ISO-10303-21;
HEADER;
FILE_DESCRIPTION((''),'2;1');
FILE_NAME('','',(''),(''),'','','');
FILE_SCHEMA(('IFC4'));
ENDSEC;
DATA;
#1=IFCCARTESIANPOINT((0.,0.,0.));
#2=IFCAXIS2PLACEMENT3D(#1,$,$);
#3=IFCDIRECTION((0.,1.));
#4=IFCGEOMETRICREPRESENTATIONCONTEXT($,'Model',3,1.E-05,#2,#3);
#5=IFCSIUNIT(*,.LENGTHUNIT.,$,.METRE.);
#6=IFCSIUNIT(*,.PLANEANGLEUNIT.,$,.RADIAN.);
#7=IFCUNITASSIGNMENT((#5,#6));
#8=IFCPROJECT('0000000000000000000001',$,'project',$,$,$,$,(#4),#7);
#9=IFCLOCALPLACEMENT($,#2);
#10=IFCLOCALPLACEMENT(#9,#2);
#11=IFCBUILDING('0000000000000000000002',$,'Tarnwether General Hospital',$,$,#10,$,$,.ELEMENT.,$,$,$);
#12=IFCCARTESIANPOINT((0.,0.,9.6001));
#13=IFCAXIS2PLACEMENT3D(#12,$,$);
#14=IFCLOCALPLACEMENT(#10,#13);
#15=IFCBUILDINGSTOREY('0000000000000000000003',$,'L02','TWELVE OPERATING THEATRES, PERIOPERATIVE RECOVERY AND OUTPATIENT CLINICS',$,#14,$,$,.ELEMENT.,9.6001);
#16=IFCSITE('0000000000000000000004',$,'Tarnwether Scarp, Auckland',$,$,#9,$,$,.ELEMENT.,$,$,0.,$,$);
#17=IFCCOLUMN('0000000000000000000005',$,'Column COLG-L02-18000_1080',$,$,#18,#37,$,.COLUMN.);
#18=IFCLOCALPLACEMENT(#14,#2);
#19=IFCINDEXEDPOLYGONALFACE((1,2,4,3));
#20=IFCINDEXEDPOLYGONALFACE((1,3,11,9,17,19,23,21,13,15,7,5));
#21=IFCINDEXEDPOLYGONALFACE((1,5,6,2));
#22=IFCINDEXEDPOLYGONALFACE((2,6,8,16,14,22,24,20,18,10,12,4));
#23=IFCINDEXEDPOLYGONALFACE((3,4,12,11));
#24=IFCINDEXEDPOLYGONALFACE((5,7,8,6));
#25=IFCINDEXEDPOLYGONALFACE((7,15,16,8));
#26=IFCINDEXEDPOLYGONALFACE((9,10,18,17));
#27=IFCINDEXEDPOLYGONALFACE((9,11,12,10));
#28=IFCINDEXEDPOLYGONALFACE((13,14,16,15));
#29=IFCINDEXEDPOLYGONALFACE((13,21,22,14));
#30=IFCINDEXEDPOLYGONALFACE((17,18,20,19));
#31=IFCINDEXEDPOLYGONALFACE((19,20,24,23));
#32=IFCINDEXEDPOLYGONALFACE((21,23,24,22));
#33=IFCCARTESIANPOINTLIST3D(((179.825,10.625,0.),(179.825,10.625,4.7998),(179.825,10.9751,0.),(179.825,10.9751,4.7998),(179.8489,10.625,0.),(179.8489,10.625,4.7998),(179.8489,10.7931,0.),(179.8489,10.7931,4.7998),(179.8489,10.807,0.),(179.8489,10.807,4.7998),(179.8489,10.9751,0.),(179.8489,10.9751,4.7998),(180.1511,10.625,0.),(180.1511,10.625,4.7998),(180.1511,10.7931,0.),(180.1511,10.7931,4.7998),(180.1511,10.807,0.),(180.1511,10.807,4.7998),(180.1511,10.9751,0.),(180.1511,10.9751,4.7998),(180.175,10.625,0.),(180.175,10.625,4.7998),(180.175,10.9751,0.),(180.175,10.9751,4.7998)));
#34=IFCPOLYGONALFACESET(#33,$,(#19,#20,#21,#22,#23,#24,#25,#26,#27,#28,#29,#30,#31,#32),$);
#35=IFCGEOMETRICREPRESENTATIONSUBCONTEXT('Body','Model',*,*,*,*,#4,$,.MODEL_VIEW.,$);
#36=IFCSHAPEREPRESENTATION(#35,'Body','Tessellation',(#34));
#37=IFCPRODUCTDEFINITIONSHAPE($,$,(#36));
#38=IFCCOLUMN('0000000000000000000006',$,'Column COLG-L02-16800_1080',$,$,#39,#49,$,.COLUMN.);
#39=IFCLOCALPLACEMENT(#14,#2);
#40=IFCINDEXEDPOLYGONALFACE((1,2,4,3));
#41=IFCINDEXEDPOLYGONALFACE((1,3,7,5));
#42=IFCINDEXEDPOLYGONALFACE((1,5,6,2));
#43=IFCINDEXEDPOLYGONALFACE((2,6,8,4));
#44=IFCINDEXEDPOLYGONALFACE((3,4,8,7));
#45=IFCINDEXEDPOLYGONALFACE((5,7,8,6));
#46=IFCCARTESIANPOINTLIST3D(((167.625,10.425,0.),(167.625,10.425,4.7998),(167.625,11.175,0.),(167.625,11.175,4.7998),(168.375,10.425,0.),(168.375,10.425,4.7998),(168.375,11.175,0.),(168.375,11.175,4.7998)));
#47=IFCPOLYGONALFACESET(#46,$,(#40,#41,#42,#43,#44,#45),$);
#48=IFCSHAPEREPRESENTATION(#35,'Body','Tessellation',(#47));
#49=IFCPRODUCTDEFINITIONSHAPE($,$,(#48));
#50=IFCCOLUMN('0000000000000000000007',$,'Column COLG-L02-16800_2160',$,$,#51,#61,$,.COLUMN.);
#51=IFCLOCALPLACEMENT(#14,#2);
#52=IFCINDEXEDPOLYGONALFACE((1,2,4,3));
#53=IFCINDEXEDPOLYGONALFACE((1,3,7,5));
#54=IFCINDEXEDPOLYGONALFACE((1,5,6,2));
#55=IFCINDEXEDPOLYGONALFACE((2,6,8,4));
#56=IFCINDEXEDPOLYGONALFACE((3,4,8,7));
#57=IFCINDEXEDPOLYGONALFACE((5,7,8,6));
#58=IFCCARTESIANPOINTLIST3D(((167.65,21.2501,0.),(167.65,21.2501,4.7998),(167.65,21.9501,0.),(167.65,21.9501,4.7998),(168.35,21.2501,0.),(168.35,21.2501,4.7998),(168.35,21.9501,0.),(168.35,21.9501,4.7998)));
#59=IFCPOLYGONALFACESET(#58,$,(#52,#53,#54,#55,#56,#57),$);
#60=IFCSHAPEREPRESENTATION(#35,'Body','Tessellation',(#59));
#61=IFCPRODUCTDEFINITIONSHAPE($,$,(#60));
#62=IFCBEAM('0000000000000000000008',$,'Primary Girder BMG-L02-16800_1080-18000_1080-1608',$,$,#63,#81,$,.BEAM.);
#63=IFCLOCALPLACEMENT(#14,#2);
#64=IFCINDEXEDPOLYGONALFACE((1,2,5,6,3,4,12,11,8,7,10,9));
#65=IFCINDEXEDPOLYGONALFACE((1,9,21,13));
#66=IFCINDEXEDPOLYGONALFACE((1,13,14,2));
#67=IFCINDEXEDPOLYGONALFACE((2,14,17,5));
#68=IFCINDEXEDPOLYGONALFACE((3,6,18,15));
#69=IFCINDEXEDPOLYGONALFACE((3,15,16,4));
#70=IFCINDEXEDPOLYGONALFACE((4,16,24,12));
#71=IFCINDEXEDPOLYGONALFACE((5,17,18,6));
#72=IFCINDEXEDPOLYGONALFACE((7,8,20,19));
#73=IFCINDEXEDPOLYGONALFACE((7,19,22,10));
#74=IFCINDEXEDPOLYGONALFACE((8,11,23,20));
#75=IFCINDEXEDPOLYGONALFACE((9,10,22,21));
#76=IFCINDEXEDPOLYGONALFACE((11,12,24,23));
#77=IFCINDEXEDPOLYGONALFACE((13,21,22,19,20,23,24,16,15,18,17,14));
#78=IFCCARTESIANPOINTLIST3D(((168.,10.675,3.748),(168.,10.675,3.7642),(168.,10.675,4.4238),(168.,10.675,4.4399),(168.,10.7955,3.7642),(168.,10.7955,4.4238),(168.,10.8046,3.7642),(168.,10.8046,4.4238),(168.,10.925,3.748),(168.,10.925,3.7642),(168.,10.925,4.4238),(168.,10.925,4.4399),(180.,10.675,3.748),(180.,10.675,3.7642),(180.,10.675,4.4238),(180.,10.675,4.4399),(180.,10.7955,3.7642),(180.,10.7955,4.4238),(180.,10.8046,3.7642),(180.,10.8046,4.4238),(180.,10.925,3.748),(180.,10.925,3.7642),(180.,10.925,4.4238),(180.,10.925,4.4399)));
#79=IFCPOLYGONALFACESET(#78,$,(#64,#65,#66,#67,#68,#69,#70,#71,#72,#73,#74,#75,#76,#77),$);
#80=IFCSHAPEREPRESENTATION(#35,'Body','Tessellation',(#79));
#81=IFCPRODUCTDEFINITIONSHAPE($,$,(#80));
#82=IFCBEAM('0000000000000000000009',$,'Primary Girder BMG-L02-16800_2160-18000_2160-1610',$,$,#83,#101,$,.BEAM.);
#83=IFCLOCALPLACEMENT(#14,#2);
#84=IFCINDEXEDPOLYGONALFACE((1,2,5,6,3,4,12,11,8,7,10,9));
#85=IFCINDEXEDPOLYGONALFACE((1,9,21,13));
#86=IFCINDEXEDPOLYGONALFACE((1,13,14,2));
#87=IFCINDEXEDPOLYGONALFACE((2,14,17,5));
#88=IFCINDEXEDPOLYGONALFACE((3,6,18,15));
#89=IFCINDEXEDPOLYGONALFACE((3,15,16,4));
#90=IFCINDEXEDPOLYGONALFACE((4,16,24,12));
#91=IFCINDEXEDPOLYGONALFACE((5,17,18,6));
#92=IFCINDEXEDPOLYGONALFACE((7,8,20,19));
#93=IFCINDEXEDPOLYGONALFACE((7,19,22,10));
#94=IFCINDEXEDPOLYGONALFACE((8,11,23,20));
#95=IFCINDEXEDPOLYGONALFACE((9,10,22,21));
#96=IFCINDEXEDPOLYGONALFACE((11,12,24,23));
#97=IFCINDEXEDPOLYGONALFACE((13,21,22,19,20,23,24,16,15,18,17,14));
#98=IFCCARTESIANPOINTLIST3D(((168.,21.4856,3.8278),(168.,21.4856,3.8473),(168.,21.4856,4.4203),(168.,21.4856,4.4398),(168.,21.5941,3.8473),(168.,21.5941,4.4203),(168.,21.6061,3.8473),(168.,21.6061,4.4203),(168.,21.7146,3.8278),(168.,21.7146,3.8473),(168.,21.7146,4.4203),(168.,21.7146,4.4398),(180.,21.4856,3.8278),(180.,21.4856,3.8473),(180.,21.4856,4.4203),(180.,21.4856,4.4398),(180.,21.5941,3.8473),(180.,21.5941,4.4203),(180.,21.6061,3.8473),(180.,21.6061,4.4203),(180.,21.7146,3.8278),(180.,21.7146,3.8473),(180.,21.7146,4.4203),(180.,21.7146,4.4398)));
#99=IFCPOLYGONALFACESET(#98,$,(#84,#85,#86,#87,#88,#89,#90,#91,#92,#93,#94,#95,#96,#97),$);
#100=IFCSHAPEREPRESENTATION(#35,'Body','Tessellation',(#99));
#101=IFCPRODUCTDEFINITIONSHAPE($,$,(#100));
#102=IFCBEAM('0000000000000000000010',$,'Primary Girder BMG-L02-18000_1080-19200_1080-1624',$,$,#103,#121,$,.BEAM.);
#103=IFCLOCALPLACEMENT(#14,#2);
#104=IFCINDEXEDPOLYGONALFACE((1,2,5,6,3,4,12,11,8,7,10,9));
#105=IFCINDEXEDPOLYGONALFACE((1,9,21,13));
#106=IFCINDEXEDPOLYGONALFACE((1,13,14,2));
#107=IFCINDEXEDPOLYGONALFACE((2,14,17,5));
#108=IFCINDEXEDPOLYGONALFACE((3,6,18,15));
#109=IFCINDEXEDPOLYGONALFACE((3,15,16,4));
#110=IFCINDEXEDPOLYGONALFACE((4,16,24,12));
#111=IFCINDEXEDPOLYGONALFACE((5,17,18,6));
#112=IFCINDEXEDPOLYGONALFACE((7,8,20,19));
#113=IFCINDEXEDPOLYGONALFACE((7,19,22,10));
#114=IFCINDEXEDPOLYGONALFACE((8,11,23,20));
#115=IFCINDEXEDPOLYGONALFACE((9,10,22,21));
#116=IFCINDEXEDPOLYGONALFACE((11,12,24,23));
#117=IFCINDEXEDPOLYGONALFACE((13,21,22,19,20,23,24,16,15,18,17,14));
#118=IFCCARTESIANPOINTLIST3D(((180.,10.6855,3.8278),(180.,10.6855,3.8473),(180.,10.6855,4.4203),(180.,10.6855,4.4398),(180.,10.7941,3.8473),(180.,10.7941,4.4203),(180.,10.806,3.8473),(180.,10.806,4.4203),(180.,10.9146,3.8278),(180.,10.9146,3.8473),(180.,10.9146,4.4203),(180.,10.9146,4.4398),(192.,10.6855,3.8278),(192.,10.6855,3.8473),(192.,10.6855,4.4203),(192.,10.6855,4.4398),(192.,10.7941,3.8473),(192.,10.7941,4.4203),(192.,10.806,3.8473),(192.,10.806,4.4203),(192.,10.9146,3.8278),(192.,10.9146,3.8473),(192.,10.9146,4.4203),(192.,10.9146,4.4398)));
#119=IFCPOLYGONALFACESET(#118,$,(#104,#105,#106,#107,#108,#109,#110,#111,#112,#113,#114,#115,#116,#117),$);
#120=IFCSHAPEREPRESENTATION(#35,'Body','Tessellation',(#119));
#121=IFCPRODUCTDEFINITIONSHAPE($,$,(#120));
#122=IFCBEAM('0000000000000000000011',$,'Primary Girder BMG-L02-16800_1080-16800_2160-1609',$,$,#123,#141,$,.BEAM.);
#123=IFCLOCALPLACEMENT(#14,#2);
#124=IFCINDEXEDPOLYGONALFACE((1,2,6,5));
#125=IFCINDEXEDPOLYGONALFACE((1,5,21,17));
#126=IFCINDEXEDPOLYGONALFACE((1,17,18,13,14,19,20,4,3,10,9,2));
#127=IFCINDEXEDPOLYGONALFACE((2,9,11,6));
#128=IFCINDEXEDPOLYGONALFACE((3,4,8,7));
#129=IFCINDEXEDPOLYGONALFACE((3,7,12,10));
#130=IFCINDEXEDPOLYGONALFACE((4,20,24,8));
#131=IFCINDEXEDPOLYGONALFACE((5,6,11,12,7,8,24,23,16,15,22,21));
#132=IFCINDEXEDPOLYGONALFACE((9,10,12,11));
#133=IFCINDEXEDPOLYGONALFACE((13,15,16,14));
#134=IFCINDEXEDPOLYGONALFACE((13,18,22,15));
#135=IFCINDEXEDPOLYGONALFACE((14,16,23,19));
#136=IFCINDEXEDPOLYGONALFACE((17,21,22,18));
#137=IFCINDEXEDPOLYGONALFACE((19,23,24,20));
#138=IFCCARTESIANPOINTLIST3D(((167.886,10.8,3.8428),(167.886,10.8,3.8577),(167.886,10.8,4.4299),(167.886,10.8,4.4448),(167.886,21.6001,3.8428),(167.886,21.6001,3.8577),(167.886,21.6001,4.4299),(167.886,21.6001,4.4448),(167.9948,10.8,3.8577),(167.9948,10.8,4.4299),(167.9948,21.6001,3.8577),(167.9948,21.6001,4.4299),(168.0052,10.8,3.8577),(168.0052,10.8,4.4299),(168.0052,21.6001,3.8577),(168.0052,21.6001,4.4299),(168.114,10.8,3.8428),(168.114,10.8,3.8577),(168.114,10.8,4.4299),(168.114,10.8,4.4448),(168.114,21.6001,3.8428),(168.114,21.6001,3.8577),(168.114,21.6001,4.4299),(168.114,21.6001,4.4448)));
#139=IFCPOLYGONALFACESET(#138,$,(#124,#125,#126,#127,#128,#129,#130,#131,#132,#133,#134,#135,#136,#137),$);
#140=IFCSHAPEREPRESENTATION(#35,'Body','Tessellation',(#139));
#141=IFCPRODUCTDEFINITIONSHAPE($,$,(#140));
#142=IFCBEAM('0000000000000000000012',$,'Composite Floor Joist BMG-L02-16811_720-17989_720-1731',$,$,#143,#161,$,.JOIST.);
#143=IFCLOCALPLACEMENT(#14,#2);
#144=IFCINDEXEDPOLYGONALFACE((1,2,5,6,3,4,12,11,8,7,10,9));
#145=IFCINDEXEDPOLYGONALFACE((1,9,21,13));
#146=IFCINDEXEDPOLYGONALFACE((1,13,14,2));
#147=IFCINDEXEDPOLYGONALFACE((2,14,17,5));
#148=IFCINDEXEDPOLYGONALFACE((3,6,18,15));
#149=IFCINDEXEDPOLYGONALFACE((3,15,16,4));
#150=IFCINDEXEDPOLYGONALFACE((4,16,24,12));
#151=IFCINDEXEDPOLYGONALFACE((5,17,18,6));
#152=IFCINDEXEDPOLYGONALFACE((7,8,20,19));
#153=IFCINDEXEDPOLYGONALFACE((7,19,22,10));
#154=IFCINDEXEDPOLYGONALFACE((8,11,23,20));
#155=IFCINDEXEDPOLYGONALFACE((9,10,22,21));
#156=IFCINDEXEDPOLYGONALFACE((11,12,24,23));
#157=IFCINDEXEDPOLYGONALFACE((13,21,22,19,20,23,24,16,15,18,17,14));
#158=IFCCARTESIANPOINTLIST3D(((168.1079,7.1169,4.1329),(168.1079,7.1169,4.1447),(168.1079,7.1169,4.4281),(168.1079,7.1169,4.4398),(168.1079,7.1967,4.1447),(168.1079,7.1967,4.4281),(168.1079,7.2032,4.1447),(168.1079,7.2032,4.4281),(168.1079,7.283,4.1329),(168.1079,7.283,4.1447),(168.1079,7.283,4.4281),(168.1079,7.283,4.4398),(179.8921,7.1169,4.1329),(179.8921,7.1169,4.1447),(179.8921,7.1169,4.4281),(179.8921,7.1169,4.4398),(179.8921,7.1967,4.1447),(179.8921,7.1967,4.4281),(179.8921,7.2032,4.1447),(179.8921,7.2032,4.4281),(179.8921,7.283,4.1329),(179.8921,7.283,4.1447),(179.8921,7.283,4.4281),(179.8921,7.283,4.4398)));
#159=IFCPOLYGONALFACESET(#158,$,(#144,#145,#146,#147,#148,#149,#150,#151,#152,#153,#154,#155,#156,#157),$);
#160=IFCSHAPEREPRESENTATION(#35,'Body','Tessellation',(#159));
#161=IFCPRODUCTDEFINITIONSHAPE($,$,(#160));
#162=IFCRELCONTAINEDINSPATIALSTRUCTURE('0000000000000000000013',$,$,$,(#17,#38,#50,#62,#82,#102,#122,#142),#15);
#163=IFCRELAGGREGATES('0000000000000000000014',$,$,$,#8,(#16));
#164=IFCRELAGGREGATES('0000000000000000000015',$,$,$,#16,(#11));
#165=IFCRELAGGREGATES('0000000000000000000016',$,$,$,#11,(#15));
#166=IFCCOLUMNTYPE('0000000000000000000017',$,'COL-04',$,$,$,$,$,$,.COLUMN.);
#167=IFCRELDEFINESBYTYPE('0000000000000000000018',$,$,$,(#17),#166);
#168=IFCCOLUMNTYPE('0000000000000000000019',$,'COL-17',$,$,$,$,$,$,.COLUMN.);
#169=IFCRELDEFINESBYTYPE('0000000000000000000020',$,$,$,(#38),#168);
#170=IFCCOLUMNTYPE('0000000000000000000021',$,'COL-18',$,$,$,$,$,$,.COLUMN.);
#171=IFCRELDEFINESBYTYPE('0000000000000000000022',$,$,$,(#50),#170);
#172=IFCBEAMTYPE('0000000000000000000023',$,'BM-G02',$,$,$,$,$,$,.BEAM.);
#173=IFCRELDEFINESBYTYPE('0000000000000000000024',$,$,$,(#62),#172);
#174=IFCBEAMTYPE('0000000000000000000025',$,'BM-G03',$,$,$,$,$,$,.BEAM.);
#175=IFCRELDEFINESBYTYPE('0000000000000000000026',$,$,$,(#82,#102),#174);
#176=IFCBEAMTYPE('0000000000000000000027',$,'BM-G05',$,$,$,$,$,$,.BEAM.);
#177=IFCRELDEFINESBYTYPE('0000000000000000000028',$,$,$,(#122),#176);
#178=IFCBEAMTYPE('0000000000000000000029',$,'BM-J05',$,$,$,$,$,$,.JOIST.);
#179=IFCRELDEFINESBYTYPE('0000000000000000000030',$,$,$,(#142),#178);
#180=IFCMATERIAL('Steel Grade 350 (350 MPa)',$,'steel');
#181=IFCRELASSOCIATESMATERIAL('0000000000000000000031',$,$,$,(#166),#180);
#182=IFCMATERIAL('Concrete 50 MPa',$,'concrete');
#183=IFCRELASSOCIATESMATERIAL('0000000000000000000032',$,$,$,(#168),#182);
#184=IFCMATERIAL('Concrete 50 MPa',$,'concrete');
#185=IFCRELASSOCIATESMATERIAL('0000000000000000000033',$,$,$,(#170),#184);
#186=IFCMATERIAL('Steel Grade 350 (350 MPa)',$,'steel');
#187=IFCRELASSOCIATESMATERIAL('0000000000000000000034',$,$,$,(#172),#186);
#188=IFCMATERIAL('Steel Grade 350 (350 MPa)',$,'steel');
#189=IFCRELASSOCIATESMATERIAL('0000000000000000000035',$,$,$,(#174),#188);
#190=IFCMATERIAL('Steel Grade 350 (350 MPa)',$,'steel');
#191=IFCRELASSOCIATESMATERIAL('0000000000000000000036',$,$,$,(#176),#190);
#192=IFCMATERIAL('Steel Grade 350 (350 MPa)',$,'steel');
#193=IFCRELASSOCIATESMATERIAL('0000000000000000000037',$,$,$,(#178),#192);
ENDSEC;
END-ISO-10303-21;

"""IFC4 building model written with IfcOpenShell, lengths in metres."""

from ifc_helpers import new_model, si_unit, direction, frame, origin, origin_2d, place, context, subcontext, project, spatial, rectangle, i_section, extrude, material, material_profile, profile_set, type_object, element, save


model = new_model("IFC4")

# Units and contexts
model_context = context("Model", 3, precision=1e-05, world=origin(), true_north=direction((0.0, 1.0)))
body_context = subcontext(model_context, "Body", "Model", "MODEL_VIEW")
ifc_project = project(units=[si_unit("LENGTHUNIT", "METRE"), si_unit("PLANEANGLEUNIT", "RADIAN")], contexts=[model_context])

# Site, building, storey
site_placement = place(None, origin())
site = spatial("IfcSite", under=ifc_project, at=site_placement, Name="Tarnwether Scarp, Auckland", CompositionType="ELEMENT", RefElevation=0.0)
building_placement = place(site_placement, origin())
building = spatial("IfcBuilding", under=site, at=building_placement, Name="Tarnwether General Hospital", CompositionType="ELEMENT")
storey_placement = place(building_placement, frame((0.0, 0.0, 9.6001)))
storey = spatial("IfcBuildingStorey", under=building, at=storey_placement, Name="L02", Description="TWELVE OPERATING THEATRES, PERIOPERATIVE RECOVERY AND OUTPATIENT CLINICS", CompositionType="ELEMENT", Elevation=9.6001)

# Columns
ifc_material_1 = material(Name="Steel Grade 350 (350 MPa)", Category="steel")
ifc_material_profile_1 = material_profile(ifc_material_1, i_section(OverallWidth=0.3501, OverallDepth=0.3501, WebThickness=0.0139, FlangeThickness=0.0239, at=origin_2d()), Name="350WC197")
ifc_profile_set_1 = profile_set([ifc_material_profile_1], Name="Steel Grade 350 (350 MPa)")
column_type_1 = type_object("IfcColumnType", Name="COL-04", PredefinedType="COLUMN", material=ifc_profile_set_1)
column_1_placement = place(storey_placement, frame((180.0, 10.8, 0.0), z_axis=(0.0, 0.0, 1.0), x_axis=(0.0, 1.0, 0.0)))
element("IfcColumn", 1, at=column_1_placement, inside=storey, type_object=column_type_1, Name="Column COLG-L02-18000_1080", PredefinedType="COLUMN", context=body_context, shape_type="SweptSolid", body=[
    extrude(i_section(OverallWidth=0.3501, OverallDepth=0.3501, WebThickness=0.0139, FlangeThickness=0.0239, at=origin_2d()), origin(), (0.0, 0.0, 1.0), 4.7998),
])
ifc_material_2 = material(Name="Concrete 50 MPa", Category="concrete")
ifc_material_profile_2 = material_profile(ifc_material_2, rectangle(XDim=0.75, YDim=0.75, at=origin_2d()), Name="RC-COL-750x750")
ifc_profile_set_2 = profile_set([ifc_material_profile_2], Name="Concrete 50 MPa")
column_type_2 = type_object("IfcColumnType", Name="COL-17", PredefinedType="COLUMN", material=ifc_profile_set_2)
column_2_placement = place(storey_placement, frame((168.0, 10.8, 0.0), z_axis=(0.0, 0.0, 1.0), x_axis=(1.0, 0.0, 0.0)))
element("IfcColumn", 2, at=column_2_placement, inside=storey, type_object=column_type_2, Name="Column COLG-L02-16800_1080", PredefinedType="COLUMN", context=body_context, shape_type="SweptSolid", body=[
    extrude(rectangle(XDim=0.75, YDim=0.75, at=origin_2d()), origin(), (0.0, 0.0, 1.0), 4.7998),
])
ifc_material_3 = material(Name="Concrete 50 MPa", Category="concrete")
ifc_material_profile_3 = material_profile(ifc_material_3, rectangle(XDim=0.7, YDim=0.7, at=origin_2d()), Name="RC-COL-700x700")
ifc_profile_set_3 = profile_set([ifc_material_profile_3], Name="Concrete 50 MPa")
column_type_3 = type_object("IfcColumnType", Name="COL-18", PredefinedType="COLUMN", material=ifc_profile_set_3)
column_3_placement = place(storey_placement, frame((168.0, 21.6001, 0.0), z_axis=(0.0, 0.0, 1.0), x_axis=(1.0, 0.0, 0.0)))
element("IfcColumn", 3, at=column_3_placement, inside=storey, type_object=column_type_3, Name="Column COLG-L02-16800_2160", PredefinedType="COLUMN", context=body_context, shape_type="SweptSolid", body=[
    extrude(rectangle(XDim=0.7, YDim=0.7, at=origin_2d()), origin(), (0.0, 0.0, 1.0), 4.7998),
])

# Beams
ifc_material_4 = material(Name="Steel Grade 350 (350 MPa)", Category="steel")
ifc_material_profile_4 = material_profile(ifc_material_4, i_section(OverallWidth=0.25, OverallDepth=0.6919, WebThickness=0.009, FlangeThickness=0.0161, at=origin_2d()), Name="700WB115")
ifc_profile_set_4 = profile_set([ifc_material_profile_4], Name="Steel Grade 350 (350 MPa)")
beam_type_1 = type_object("IfcBeamType", Name="BM-G02", PredefinedType="BEAM", material=ifc_profile_set_4)
beam_1_placement = place(storey_placement, frame((168.0, 10.8, 4.094), z_axis=(1.0, 0.0, 0.0), x_axis=(0.0, 1.0, 0.0)))
element("IfcBeam", 4, at=beam_1_placement, inside=storey, type_object=beam_type_1, Name="Primary Girder BMG-L02-16800_1080-18000_1080-1608", PredefinedType="BEAM", context=body_context, shape_type="SweptSolid", body=[
    extrude(i_section(OverallWidth=0.25, OverallDepth=0.6919, WebThickness=0.009, FlangeThickness=0.0161, at=origin_2d()), origin(), (0.0, 0.0, 1.0), 12.0),
])
ifc_material_5 = material(Name="Steel Grade 350 (350 MPa)", Category="steel")
ifc_material_profile_5 = material_profile(ifc_material_5, i_section(OverallWidth=0.229, OverallDepth=0.6121, WebThickness=0.012, FlangeThickness=0.0195, at=origin_2d()), Name="610UB125")
ifc_profile_set_5 = profile_set([ifc_material_profile_5], Name="Steel Grade 350 (350 MPa)")
beam_type_2 = type_object("IfcBeamType", Name="BM-G03", PredefinedType="BEAM", material=ifc_profile_set_5)
for number, where, z_axis, x_axis, name in (
    (5, (168.0, 21.6001, 4.1338), (1.0, 0.0, 0.0), (0.0, 1.0, 0.0), "Primary Girder BMG-L02-16800_2160-18000_2160-1610"),
    (6, (180.0, 10.8, 4.1338), (1.0, 0.0, 0.0), (0.0, 1.0, 0.0), "Primary Girder BMG-L02-18000_1080-19200_1080-1624"),
):
    element("IfcBeam", number, at=place(storey_placement, frame(where, z_axis=z_axis, x_axis=x_axis)), inside=storey, type_object=beam_type_2, Name=name, PredefinedType="BEAM", context=body_context, shape_type="SweptSolid", body=[
        extrude(i_section(OverallWidth=0.229, OverallDepth=0.6121, WebThickness=0.012, FlangeThickness=0.0195, at=origin_2d()), origin(), (0.0, 0.0, 1.0), 12.0),
    ])
ifc_material_6 = material(Name="Steel Grade 350 (350 MPa)", Category="steel")
ifc_material_profile_6 = material_profile(ifc_material_6, i_section(OverallWidth=0.228, OverallDepth=0.6021, WebThickness=0.0105, FlangeThickness=0.0149, at=origin_2d()), Name="610UB101")
ifc_profile_set_6 = profile_set([ifc_material_profile_6], Name="Steel Grade 350 (350 MPa)")
beam_type_3 = type_object("IfcBeamType", Name="BM-G05", PredefinedType="BEAM", material=ifc_profile_set_6)
beam_2_placement = place(storey_placement, frame((168.0, 10.8, 4.1438), z_axis=(0.0, 1.0, 0.0), x_axis=(-1.0, 0.0, 0.0)))
element("IfcBeam", 7, at=beam_2_placement, inside=storey, type_object=beam_type_3, Name="Primary Girder BMG-L02-16800_1080-16800_2160-1609", PredefinedType="BEAM", context=body_context, shape_type="SweptSolid", body=[
    extrude(i_section(OverallWidth=0.228, OverallDepth=0.6021, WebThickness=0.0105, FlangeThickness=0.0149, at=origin_2d()), origin(), (0.0, 0.0, 1.0), 10.8),
])
ifc_material_7 = material(Name="Steel Grade 350 (350 MPa)", Category="steel")
ifc_material_profile_7 = material_profile(ifc_material_7, i_section(OverallWidth=0.166, OverallDepth=0.3069, WebThickness=0.0066, FlangeThickness=0.0117, at=origin_2d()), Name="310UB46.2")
ifc_profile_set_7 = profile_set([ifc_material_profile_7], Name="Steel Grade 350 (350 MPa)")
beam_type_4 = type_object("IfcBeamType", Name="BM-J05", PredefinedType="JOIST", material=ifc_profile_set_7)
beam_3_placement = place(storey_placement, frame((168.1079, 7.2, 4.2864), z_axis=(1.0, 0.0, 0.0), x_axis=(0.0, 1.0, 0.0)))
element("IfcBeam", 8, at=beam_3_placement, inside=storey, type_object=beam_type_4, Name="Composite Floor Joist BMG-L02-16811_720-17989_720-1731", PredefinedType="JOIST", context=body_context, shape_type="SweptSolid", body=[
    extrude(i_section(OverallWidth=0.166, OverallDepth=0.3069, WebThickness=0.0066, FlangeThickness=0.0117, at=origin_2d()), origin(), (0.0, 0.0, 1.0), 11.7842),
])

save(model, "model.ifc")
